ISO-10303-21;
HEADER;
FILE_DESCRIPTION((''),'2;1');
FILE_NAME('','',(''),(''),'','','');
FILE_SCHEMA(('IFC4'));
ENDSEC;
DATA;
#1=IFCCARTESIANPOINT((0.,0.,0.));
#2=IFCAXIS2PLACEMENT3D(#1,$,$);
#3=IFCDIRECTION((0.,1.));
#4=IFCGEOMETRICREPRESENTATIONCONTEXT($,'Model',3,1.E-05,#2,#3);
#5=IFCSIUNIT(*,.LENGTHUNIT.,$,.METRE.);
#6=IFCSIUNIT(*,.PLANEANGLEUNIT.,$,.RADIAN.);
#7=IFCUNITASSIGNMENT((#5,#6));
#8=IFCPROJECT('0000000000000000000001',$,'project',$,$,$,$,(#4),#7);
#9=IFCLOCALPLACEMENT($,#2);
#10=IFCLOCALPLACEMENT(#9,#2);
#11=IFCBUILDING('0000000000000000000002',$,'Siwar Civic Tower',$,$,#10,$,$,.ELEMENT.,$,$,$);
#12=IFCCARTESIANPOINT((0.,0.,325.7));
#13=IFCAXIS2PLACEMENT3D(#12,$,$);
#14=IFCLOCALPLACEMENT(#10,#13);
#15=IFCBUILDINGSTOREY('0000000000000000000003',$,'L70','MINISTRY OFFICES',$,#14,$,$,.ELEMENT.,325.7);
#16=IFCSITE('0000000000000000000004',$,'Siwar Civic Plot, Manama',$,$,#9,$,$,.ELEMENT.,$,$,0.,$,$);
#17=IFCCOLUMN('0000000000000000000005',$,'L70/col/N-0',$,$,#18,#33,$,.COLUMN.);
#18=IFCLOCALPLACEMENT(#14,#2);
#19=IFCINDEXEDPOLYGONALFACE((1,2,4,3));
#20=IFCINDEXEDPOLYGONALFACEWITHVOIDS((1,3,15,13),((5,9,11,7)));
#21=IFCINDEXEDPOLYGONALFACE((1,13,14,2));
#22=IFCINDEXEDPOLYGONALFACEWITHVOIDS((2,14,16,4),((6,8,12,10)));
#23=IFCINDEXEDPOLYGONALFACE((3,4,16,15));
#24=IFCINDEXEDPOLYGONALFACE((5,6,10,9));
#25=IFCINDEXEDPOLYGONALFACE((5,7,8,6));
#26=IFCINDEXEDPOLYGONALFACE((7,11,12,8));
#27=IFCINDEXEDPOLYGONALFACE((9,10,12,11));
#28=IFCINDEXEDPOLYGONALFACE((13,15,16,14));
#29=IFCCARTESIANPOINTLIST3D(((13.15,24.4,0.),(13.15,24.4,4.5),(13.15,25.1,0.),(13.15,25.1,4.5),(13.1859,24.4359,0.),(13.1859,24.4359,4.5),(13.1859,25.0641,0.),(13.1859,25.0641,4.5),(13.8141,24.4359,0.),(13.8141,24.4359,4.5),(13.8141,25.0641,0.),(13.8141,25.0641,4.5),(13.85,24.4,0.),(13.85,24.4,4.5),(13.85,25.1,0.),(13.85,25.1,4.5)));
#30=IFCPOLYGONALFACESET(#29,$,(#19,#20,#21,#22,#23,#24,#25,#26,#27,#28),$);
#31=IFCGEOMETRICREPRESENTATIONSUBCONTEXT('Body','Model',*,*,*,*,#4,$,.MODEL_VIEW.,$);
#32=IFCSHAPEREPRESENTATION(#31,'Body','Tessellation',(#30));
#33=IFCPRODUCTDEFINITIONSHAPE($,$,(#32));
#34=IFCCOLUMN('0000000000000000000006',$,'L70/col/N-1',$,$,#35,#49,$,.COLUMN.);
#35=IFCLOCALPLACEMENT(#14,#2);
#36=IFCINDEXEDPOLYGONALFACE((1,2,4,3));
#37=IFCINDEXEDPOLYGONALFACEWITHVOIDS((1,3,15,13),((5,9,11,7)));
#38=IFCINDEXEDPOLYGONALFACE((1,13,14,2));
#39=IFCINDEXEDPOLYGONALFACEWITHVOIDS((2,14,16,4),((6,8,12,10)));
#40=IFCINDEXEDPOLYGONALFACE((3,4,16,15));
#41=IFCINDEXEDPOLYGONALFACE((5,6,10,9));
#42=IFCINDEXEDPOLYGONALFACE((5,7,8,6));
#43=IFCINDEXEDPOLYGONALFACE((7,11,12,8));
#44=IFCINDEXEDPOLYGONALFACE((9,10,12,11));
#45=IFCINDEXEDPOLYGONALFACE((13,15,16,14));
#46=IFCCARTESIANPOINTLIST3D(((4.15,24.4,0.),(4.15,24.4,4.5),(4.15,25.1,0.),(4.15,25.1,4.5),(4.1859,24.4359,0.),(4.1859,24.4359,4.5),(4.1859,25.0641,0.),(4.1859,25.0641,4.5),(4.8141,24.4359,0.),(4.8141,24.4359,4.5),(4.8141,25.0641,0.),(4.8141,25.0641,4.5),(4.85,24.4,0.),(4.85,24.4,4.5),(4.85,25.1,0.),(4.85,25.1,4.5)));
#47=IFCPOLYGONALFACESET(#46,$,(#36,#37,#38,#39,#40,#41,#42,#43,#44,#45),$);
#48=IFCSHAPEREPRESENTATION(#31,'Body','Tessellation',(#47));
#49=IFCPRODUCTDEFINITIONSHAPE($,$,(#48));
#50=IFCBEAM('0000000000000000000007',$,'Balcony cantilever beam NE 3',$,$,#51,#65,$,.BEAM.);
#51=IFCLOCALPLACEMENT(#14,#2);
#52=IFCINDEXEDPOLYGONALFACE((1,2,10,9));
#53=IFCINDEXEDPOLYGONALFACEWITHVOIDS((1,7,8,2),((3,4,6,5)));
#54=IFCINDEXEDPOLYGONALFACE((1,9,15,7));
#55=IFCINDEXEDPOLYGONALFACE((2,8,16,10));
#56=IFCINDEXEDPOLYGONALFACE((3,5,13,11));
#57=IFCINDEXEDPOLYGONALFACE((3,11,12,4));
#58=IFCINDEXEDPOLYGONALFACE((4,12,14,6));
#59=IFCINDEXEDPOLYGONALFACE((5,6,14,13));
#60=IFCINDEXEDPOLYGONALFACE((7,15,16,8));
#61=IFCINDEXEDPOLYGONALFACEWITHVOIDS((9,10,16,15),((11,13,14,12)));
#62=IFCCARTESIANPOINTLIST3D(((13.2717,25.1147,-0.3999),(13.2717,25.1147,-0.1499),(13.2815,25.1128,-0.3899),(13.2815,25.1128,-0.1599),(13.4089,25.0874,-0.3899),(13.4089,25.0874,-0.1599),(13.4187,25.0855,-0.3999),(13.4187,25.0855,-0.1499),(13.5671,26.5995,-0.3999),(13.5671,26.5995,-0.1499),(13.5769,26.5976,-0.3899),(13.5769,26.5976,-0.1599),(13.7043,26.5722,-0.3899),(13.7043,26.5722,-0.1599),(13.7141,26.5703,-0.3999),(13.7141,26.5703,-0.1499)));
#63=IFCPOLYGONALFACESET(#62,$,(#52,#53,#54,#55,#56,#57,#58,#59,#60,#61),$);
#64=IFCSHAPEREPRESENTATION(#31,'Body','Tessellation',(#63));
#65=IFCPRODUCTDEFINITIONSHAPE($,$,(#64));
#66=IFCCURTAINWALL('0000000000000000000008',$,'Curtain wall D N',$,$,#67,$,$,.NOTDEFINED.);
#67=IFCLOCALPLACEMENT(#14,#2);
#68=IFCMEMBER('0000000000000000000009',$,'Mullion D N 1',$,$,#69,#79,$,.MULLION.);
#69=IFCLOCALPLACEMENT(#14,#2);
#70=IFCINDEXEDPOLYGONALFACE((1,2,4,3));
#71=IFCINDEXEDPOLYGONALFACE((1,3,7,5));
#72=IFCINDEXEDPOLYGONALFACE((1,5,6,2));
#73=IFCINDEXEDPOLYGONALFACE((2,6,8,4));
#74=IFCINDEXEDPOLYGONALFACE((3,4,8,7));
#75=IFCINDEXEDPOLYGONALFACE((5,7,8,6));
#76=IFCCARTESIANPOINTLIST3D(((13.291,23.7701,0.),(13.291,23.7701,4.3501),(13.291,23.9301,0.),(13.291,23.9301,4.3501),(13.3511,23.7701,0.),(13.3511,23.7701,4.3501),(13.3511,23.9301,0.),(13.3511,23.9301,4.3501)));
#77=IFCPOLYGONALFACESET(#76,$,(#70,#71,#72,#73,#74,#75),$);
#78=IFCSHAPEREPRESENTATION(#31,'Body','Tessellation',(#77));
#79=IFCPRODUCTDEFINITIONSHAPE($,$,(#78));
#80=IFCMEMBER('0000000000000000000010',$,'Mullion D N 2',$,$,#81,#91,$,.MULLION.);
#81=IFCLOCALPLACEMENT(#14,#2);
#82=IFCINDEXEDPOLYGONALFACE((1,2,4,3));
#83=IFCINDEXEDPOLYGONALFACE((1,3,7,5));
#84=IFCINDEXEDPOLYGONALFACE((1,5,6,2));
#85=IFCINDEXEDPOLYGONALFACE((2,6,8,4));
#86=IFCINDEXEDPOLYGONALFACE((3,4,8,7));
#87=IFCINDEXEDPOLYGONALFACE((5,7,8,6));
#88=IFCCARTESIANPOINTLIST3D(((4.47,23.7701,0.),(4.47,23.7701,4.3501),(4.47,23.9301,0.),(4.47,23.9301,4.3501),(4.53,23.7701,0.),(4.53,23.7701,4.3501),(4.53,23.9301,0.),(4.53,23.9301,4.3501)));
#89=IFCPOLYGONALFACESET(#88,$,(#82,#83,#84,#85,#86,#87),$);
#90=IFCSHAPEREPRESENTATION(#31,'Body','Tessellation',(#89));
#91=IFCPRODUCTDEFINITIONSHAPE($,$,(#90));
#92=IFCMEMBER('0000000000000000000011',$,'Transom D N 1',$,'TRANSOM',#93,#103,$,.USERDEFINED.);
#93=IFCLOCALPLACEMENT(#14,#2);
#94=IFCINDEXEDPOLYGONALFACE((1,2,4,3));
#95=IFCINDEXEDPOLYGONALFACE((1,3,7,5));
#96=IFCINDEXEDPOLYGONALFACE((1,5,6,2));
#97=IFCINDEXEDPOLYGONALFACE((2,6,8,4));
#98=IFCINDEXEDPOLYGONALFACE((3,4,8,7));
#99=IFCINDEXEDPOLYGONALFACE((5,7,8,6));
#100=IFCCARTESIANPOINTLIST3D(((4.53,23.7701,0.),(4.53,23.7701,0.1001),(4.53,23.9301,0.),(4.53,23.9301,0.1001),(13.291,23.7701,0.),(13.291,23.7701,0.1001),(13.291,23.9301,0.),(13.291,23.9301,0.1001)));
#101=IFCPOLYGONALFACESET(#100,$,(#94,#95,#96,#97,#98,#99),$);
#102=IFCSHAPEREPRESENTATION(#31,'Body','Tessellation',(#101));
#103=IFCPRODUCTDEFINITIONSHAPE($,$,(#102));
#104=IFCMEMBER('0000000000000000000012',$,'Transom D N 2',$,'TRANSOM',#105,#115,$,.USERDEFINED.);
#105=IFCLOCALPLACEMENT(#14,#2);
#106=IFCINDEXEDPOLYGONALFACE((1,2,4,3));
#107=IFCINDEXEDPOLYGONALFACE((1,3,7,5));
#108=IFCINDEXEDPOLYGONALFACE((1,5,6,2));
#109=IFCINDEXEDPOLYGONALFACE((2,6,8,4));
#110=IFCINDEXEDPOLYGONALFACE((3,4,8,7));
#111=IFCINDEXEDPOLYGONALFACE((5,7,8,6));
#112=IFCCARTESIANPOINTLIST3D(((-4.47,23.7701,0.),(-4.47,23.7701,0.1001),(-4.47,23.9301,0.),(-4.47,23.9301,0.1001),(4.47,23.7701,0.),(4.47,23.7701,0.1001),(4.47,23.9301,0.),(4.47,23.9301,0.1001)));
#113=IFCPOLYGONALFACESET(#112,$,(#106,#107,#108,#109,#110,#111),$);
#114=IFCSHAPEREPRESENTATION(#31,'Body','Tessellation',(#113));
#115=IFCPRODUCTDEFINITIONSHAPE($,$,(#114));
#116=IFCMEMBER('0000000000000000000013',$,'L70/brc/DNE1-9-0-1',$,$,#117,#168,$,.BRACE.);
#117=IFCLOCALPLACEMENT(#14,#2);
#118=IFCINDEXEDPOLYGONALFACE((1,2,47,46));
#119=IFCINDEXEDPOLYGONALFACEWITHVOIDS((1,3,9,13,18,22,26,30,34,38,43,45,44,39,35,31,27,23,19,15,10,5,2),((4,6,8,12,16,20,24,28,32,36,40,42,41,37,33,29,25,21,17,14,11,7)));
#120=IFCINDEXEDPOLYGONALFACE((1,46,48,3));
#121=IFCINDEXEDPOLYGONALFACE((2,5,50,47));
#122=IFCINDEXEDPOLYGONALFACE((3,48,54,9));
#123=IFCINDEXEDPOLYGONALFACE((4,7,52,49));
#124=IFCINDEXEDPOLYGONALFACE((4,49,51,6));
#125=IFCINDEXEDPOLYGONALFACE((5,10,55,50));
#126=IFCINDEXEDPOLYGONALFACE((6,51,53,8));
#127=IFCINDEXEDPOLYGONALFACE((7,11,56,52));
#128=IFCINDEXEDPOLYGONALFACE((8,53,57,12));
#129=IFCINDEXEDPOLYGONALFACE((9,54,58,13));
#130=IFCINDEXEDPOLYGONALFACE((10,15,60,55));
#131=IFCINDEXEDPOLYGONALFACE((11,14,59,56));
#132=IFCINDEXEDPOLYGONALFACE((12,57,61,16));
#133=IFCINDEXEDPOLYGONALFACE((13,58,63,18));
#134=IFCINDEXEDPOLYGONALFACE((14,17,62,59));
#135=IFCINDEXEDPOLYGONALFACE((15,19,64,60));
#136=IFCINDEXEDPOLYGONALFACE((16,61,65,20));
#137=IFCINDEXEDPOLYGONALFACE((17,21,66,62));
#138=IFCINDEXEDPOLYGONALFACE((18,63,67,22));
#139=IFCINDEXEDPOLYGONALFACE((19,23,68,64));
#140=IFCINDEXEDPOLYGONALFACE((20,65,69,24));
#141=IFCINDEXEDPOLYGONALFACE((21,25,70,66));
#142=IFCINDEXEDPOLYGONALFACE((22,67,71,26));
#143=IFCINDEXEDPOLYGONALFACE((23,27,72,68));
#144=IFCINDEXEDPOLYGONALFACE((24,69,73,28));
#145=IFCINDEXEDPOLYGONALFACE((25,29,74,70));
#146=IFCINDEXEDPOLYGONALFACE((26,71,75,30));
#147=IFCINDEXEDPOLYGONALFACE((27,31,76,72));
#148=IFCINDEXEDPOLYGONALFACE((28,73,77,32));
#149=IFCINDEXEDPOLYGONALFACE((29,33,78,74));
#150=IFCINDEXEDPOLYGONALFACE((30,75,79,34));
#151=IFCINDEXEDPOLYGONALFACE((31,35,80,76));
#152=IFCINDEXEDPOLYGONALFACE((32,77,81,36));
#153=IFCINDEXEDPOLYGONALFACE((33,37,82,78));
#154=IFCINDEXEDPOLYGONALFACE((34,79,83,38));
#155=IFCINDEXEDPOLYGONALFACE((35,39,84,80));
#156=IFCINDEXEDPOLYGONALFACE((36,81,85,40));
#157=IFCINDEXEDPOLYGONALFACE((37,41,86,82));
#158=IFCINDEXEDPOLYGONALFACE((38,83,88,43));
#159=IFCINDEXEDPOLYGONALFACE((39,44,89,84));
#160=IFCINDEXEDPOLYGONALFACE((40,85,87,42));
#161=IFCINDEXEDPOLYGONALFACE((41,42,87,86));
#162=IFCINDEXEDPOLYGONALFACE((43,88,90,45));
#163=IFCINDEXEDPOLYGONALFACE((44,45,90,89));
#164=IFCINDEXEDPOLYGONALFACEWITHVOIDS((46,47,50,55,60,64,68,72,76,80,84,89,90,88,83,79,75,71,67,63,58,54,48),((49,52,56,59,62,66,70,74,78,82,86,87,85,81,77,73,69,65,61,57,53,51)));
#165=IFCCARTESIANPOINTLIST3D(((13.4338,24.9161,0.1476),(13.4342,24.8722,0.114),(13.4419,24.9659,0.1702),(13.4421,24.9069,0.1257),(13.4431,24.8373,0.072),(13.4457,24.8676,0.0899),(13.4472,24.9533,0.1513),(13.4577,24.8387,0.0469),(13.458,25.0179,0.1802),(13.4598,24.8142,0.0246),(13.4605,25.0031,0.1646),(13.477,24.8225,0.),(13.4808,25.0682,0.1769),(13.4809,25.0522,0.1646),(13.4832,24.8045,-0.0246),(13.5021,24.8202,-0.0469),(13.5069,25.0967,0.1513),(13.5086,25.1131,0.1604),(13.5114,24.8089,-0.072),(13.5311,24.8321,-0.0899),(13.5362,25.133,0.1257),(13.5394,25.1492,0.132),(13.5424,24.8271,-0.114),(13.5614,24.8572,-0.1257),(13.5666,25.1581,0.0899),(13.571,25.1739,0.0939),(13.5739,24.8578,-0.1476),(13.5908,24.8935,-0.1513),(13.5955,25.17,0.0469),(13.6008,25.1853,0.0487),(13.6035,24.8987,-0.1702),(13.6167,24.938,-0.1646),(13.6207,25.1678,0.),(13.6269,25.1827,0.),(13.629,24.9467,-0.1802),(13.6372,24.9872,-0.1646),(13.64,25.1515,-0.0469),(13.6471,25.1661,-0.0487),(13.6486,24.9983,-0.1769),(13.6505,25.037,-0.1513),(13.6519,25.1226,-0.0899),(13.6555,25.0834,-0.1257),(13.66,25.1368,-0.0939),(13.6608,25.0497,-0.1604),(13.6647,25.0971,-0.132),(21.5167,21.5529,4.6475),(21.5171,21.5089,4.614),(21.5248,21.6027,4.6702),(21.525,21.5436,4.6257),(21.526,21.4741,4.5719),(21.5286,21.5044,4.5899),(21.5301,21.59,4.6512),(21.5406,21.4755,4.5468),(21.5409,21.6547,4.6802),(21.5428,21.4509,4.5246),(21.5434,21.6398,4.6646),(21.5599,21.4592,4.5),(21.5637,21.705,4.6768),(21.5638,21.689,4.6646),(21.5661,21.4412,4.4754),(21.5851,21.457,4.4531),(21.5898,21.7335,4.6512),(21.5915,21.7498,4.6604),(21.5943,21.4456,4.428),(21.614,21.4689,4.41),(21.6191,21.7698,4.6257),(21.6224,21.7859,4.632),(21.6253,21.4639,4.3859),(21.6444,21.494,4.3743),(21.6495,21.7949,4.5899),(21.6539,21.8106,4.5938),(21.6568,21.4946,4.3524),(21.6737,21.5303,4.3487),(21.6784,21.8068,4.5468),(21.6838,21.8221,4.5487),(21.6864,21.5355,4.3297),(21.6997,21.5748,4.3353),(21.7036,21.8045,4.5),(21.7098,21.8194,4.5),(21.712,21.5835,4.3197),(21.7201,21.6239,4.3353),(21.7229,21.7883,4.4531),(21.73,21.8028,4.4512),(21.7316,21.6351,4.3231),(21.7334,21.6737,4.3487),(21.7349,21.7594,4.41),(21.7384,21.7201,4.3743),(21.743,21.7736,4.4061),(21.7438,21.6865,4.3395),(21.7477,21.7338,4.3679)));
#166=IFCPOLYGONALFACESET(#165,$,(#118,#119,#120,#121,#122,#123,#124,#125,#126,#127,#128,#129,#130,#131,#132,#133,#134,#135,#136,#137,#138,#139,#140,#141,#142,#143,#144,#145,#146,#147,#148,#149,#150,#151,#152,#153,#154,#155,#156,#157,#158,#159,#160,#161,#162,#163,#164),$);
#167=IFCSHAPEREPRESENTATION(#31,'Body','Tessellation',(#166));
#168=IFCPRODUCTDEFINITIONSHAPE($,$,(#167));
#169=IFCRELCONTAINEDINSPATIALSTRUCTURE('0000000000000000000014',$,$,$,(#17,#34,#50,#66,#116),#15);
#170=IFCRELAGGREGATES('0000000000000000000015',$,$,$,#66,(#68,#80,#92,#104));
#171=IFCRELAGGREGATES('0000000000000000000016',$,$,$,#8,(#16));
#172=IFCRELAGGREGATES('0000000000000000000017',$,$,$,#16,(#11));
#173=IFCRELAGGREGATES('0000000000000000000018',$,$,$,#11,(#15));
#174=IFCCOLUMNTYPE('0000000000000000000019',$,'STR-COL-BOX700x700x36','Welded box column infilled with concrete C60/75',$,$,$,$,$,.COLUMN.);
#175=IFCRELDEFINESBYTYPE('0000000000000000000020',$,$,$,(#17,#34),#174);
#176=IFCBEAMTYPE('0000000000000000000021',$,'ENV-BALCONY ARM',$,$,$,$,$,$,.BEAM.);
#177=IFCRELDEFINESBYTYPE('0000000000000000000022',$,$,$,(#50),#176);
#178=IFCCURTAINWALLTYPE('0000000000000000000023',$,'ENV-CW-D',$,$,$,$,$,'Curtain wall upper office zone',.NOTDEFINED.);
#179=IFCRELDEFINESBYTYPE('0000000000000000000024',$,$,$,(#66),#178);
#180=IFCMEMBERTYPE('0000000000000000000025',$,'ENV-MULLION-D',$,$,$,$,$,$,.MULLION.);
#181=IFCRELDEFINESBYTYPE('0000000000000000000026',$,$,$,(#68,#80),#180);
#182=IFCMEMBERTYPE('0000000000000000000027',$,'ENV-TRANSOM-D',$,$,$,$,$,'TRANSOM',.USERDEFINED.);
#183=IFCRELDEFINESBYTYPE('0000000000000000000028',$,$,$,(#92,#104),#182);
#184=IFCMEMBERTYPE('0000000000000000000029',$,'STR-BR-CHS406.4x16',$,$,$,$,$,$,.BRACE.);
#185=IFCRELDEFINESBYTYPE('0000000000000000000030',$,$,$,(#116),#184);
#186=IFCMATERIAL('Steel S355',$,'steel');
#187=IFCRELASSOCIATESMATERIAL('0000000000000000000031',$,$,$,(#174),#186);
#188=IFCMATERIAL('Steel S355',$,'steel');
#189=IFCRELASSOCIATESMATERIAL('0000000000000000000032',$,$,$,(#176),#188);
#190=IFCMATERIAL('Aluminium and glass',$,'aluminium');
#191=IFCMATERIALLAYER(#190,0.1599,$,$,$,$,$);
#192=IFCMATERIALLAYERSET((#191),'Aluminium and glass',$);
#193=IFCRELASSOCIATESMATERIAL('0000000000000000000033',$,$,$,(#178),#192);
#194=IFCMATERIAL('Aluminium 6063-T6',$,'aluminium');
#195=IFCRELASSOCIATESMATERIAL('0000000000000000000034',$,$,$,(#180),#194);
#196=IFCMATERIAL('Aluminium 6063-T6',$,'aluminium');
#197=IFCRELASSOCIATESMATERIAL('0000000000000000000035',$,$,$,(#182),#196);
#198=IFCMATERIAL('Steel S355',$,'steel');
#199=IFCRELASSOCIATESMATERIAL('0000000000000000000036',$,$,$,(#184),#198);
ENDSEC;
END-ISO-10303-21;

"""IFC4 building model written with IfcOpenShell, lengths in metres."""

from ifc_helpers import new_model, si_unit, direction, frame, origin, origin_2d, place, context, subcontext, project, spatial, rectangle, hollow_rectangle, hollow_circle, extrude, material, layer, layer_set, material_profile, profile_set, type_object, element, aggregate, save


model = new_model("IFC4")

# Units and contexts
model_context = context("Model", 3, precision=1e-05, world=origin(), true_north=direction((0.0, 1.0)))
body_context = subcontext(model_context, "Body", "Model", "MODEL_VIEW")
ifc_project = project(units=[si_unit("LENGTHUNIT", "METRE"), si_unit("PLANEANGLEUNIT", "RADIAN")], contexts=[model_context])

# Site, building, storey
site_placement = place(None, origin())
site = spatial("IfcSite", under=ifc_project, at=site_placement, Name="Siwar Civic Plot, Manama", CompositionType="ELEMENT", RefElevation=0.0)
building_placement = place(site_placement, origin())
building = spatial("IfcBuilding", under=site, at=building_placement, Name="Siwar Civic Tower", CompositionType="ELEMENT")
storey_placement = place(building_placement, frame((0.0, 0.0, 325.7)))
storey = spatial("IfcBuildingStorey", under=building, at=storey_placement, Name="L70", Description="MINISTRY OFFICES", CompositionType="ELEMENT", Elevation=325.7)

# Columns
ifc_material_1 = material(Name="Steel S355", Category="steel")
ifc_material_profile_1 = material_profile(ifc_material_1, hollow_rectangle(XDim=0.7, YDim=0.7, WallThickness=0.0359, at=origin_2d()), Name="BOX700x700x36")
ifc_profile_set_1 = profile_set([ifc_material_profile_1], Name="Steel S355")
column_type = type_object("IfcColumnType", Name="STR-COL-BOX700x700x36", Description="Welded box column infilled with concrete C60/75", PredefinedType="COLUMN", material=ifc_profile_set_1)
for number, where, z_axis, x_axis, name in (
    (1, (13.5, 24.75, 0.0), (0.0, 0.0, 1.0), (1.0, 0.0, 0.0), "L70/col/N-0"),
    (2, (4.5, 24.75, 0.0), (0.0, 0.0, 1.0), (1.0, 0.0, 0.0), "L70/col/N-1"),
):
    element("IfcColumn", number, at=place(storey_placement, frame(where, z_axis=z_axis, x_axis=x_axis)), inside=storey, type_object=column_type, Name=name, PredefinedType="COLUMN", context=body_context, shape_type="SweptSolid", body=[
        extrude(hollow_rectangle(XDim=0.7, YDim=0.7, WallThickness=0.0359, at=origin_2d()), origin(), (0.0, 0.0, 1.0), 4.5),
    ])

# Beam
ifc_material_2 = material(Name="Steel S355", Category="steel")
ifc_material_profile_2 = material_profile(ifc_material_2, hollow_rectangle(XDim=0.1499, YDim=0.25, WallThickness=0.01, at=origin_2d()), Name="RHS250x150x10")
ifc_profile_set_2 = profile_set([ifc_material_profile_2], Name="Steel S355")
beam_type_1 = type_object("IfcBeamType", Name="ENV-BALCONY ARM", PredefinedType="BEAM", material=ifc_profile_set_2)
beam_1_placement = place(storey_placement, frame((13.3452, 25.1001, -0.2749), z_axis=(0.195124, 0.980779, 0.0), x_axis=(-0.980779, 0.195124, 0.0)))
element("IfcBeam", 3, at=beam_1_placement, inside=storey, type_object=beam_type_1, Name="Balcony cantilever beam NE 3", PredefinedType="BEAM", context=body_context, shape_type="SweptSolid", body=[
    extrude(hollow_rectangle(XDim=0.1499, YDim=0.25, WallThickness=0.01, at=origin_2d()), origin(), (0.0, 0.0, 1.0), 1.5139),
])

# Curtain wall, members
ifc_material_3 = material(Name="Aluminium and glass", Category="aluminium")
ifc_layer_1 = layer(ifc_material_3, 0.1599)
ifc_layer_set_1 = layer_set([ifc_layer_1], Name="Aluminium and glass")
curtain_wall_type = type_object("IfcCurtainWallType", Name="ENV-CW-D", ElementType="Curtain wall upper office zone", PredefinedType="NOTDEFINED", material=ifc_layer_set_1)
curtain_wall_placement = place(storey_placement, origin())
curtain_wall = element("IfcCurtainWall", 4, at=curtain_wall_placement, inside=storey, type_object=curtain_wall_type, Name="Curtain wall D N", PredefinedType="NOTDEFINED")
ifc_material_4 = material(Name="Aluminium 6063-T6", Category="aluminium")
ifc_material_profile_3 = material_profile(ifc_material_4, rectangle(XDim=0.1599, YDim=0.0601, at=origin_2d()), Name="AL 160x60")
ifc_profile_set_3 = profile_set([ifc_material_profile_3], Name="Aluminium 6063-T6")
member_type_1 = type_object("IfcMemberType", Name="ENV-MULLION-D", PredefinedType="MULLION", material=ifc_profile_set_3)
member_1_placement = place(storey_placement, frame((13.321, 23.8501, 0.0), z_axis=(0.0, 0.0, 1.0), x_axis=(0.0, -1.0, 0.0)))
member_1 = element("IfcMember", 5, at=member_1_placement, type_object=member_type_1, Name="Mullion D N 1", PredefinedType="MULLION", context=body_context, shape_type="SweptSolid", body=[
    extrude(rectangle(XDim=0.1599, YDim=0.0601, at=origin_2d()), origin(), (0.0, 0.0, 1.0), 4.3501),
])
member_2_placement = place(storey_placement, frame((4.5, 23.8501, 0.0), z_axis=(0.0, 0.0, 1.0), x_axis=(0.0, -1.0, 0.0)))
member_2 = element("IfcMember", 6, at=member_2_placement, type_object=member_type_1, Name="Mullion D N 2", PredefinedType="MULLION", context=body_context, shape_type="SweptSolid", body=[
    extrude(rectangle(XDim=0.1599, YDim=0.0601, at=origin_2d()), origin(), (0.0, 0.0, 1.0), 4.3501),
])
ifc_material_5 = material(Name="Aluminium 6063-T6", Category="aluminium")
ifc_material_profile_4 = material_profile(ifc_material_5, rectangle(XDim=0.1599, YDim=0.1001, at=origin_2d()), Name="AL 160x100")
ifc_profile_set_4 = profile_set([ifc_material_profile_4], Name="Aluminium 6063-T6")
member_type_2 = type_object("IfcMemberType", Name="ENV-TRANSOM-D", ElementType="TRANSOM", PredefinedType="USERDEFINED", material=ifc_profile_set_4)
member_3_placement = place(storey_placement, frame((13.291, 23.8501, 0.05), z_axis=(-1.0, 0.0, 0.0), x_axis=(0.0, -1.0, 0.0)))
member_3 = element("IfcMember", 7, at=member_3_placement, type_object=member_type_2, Name="Transom D N 1", ObjectType="TRANSOM", PredefinedType="USERDEFINED", context=body_context, shape_type="SweptSolid", body=[
    extrude(rectangle(XDim=0.1599, YDim=0.1001, at=origin_2d()), origin(), (0.0, 0.0, 1.0), 8.761),
])
member_4_placement = place(storey_placement, frame((4.47, 23.8501, 0.05), z_axis=(-1.0, 0.0, 0.0), x_axis=(0.0, -1.0, 0.0)))
member_4 = element("IfcMember", 8, at=member_4_placement, type_object=member_type_2, Name="Transom D N 2", ObjectType="TRANSOM", PredefinedType="USERDEFINED", context=body_context, shape_type="SweptSolid", body=[
    extrude(rectangle(XDim=0.1599, YDim=0.1001, at=origin_2d()), origin(), (0.0, 0.0, 1.0), 8.9399),
])

# Member
ifc_material_6 = material(Name="Steel S355", Category="steel")
ifc_material_profile_5 = material_profile(ifc_material_6, hollow_circle(Radius=0.2031, WallThickness=0.0161, at=origin_2d()), Name="CHS406.4x16")
ifc_profile_set_5 = profile_set([ifc_material_profile_5], Name="Steel S355")
member_type_3 = type_object("IfcMemberType", Name="STR-BR-CHS406.4x16", PredefinedType="BRACE", material=ifc_profile_set_5)
member_5_placement = place(storey_placement, frame((13.5488, 24.9951, 0.0), z_axis=(0.821143, -0.341671, 0.457149), x_axis=(0.384164, 0.923265, 0.0)))
element("IfcMember", 9, at=member_5_placement, inside=storey, type_object=member_type_3, Name="L70/brc/DNE1-9-0-1", PredefinedType="BRACE", context=body_context, shape_type="SweptSolid", body=[
    extrude(hollow_circle(Radius=0.2031, WallThickness=0.0161, at=origin_2d()), origin(), (0.0, 0.0, 1.0), 9.8435),
])

aggregate(curtain_wall, [member_1, member_2, member_3, member_4])

save(model, "model.ifc")
